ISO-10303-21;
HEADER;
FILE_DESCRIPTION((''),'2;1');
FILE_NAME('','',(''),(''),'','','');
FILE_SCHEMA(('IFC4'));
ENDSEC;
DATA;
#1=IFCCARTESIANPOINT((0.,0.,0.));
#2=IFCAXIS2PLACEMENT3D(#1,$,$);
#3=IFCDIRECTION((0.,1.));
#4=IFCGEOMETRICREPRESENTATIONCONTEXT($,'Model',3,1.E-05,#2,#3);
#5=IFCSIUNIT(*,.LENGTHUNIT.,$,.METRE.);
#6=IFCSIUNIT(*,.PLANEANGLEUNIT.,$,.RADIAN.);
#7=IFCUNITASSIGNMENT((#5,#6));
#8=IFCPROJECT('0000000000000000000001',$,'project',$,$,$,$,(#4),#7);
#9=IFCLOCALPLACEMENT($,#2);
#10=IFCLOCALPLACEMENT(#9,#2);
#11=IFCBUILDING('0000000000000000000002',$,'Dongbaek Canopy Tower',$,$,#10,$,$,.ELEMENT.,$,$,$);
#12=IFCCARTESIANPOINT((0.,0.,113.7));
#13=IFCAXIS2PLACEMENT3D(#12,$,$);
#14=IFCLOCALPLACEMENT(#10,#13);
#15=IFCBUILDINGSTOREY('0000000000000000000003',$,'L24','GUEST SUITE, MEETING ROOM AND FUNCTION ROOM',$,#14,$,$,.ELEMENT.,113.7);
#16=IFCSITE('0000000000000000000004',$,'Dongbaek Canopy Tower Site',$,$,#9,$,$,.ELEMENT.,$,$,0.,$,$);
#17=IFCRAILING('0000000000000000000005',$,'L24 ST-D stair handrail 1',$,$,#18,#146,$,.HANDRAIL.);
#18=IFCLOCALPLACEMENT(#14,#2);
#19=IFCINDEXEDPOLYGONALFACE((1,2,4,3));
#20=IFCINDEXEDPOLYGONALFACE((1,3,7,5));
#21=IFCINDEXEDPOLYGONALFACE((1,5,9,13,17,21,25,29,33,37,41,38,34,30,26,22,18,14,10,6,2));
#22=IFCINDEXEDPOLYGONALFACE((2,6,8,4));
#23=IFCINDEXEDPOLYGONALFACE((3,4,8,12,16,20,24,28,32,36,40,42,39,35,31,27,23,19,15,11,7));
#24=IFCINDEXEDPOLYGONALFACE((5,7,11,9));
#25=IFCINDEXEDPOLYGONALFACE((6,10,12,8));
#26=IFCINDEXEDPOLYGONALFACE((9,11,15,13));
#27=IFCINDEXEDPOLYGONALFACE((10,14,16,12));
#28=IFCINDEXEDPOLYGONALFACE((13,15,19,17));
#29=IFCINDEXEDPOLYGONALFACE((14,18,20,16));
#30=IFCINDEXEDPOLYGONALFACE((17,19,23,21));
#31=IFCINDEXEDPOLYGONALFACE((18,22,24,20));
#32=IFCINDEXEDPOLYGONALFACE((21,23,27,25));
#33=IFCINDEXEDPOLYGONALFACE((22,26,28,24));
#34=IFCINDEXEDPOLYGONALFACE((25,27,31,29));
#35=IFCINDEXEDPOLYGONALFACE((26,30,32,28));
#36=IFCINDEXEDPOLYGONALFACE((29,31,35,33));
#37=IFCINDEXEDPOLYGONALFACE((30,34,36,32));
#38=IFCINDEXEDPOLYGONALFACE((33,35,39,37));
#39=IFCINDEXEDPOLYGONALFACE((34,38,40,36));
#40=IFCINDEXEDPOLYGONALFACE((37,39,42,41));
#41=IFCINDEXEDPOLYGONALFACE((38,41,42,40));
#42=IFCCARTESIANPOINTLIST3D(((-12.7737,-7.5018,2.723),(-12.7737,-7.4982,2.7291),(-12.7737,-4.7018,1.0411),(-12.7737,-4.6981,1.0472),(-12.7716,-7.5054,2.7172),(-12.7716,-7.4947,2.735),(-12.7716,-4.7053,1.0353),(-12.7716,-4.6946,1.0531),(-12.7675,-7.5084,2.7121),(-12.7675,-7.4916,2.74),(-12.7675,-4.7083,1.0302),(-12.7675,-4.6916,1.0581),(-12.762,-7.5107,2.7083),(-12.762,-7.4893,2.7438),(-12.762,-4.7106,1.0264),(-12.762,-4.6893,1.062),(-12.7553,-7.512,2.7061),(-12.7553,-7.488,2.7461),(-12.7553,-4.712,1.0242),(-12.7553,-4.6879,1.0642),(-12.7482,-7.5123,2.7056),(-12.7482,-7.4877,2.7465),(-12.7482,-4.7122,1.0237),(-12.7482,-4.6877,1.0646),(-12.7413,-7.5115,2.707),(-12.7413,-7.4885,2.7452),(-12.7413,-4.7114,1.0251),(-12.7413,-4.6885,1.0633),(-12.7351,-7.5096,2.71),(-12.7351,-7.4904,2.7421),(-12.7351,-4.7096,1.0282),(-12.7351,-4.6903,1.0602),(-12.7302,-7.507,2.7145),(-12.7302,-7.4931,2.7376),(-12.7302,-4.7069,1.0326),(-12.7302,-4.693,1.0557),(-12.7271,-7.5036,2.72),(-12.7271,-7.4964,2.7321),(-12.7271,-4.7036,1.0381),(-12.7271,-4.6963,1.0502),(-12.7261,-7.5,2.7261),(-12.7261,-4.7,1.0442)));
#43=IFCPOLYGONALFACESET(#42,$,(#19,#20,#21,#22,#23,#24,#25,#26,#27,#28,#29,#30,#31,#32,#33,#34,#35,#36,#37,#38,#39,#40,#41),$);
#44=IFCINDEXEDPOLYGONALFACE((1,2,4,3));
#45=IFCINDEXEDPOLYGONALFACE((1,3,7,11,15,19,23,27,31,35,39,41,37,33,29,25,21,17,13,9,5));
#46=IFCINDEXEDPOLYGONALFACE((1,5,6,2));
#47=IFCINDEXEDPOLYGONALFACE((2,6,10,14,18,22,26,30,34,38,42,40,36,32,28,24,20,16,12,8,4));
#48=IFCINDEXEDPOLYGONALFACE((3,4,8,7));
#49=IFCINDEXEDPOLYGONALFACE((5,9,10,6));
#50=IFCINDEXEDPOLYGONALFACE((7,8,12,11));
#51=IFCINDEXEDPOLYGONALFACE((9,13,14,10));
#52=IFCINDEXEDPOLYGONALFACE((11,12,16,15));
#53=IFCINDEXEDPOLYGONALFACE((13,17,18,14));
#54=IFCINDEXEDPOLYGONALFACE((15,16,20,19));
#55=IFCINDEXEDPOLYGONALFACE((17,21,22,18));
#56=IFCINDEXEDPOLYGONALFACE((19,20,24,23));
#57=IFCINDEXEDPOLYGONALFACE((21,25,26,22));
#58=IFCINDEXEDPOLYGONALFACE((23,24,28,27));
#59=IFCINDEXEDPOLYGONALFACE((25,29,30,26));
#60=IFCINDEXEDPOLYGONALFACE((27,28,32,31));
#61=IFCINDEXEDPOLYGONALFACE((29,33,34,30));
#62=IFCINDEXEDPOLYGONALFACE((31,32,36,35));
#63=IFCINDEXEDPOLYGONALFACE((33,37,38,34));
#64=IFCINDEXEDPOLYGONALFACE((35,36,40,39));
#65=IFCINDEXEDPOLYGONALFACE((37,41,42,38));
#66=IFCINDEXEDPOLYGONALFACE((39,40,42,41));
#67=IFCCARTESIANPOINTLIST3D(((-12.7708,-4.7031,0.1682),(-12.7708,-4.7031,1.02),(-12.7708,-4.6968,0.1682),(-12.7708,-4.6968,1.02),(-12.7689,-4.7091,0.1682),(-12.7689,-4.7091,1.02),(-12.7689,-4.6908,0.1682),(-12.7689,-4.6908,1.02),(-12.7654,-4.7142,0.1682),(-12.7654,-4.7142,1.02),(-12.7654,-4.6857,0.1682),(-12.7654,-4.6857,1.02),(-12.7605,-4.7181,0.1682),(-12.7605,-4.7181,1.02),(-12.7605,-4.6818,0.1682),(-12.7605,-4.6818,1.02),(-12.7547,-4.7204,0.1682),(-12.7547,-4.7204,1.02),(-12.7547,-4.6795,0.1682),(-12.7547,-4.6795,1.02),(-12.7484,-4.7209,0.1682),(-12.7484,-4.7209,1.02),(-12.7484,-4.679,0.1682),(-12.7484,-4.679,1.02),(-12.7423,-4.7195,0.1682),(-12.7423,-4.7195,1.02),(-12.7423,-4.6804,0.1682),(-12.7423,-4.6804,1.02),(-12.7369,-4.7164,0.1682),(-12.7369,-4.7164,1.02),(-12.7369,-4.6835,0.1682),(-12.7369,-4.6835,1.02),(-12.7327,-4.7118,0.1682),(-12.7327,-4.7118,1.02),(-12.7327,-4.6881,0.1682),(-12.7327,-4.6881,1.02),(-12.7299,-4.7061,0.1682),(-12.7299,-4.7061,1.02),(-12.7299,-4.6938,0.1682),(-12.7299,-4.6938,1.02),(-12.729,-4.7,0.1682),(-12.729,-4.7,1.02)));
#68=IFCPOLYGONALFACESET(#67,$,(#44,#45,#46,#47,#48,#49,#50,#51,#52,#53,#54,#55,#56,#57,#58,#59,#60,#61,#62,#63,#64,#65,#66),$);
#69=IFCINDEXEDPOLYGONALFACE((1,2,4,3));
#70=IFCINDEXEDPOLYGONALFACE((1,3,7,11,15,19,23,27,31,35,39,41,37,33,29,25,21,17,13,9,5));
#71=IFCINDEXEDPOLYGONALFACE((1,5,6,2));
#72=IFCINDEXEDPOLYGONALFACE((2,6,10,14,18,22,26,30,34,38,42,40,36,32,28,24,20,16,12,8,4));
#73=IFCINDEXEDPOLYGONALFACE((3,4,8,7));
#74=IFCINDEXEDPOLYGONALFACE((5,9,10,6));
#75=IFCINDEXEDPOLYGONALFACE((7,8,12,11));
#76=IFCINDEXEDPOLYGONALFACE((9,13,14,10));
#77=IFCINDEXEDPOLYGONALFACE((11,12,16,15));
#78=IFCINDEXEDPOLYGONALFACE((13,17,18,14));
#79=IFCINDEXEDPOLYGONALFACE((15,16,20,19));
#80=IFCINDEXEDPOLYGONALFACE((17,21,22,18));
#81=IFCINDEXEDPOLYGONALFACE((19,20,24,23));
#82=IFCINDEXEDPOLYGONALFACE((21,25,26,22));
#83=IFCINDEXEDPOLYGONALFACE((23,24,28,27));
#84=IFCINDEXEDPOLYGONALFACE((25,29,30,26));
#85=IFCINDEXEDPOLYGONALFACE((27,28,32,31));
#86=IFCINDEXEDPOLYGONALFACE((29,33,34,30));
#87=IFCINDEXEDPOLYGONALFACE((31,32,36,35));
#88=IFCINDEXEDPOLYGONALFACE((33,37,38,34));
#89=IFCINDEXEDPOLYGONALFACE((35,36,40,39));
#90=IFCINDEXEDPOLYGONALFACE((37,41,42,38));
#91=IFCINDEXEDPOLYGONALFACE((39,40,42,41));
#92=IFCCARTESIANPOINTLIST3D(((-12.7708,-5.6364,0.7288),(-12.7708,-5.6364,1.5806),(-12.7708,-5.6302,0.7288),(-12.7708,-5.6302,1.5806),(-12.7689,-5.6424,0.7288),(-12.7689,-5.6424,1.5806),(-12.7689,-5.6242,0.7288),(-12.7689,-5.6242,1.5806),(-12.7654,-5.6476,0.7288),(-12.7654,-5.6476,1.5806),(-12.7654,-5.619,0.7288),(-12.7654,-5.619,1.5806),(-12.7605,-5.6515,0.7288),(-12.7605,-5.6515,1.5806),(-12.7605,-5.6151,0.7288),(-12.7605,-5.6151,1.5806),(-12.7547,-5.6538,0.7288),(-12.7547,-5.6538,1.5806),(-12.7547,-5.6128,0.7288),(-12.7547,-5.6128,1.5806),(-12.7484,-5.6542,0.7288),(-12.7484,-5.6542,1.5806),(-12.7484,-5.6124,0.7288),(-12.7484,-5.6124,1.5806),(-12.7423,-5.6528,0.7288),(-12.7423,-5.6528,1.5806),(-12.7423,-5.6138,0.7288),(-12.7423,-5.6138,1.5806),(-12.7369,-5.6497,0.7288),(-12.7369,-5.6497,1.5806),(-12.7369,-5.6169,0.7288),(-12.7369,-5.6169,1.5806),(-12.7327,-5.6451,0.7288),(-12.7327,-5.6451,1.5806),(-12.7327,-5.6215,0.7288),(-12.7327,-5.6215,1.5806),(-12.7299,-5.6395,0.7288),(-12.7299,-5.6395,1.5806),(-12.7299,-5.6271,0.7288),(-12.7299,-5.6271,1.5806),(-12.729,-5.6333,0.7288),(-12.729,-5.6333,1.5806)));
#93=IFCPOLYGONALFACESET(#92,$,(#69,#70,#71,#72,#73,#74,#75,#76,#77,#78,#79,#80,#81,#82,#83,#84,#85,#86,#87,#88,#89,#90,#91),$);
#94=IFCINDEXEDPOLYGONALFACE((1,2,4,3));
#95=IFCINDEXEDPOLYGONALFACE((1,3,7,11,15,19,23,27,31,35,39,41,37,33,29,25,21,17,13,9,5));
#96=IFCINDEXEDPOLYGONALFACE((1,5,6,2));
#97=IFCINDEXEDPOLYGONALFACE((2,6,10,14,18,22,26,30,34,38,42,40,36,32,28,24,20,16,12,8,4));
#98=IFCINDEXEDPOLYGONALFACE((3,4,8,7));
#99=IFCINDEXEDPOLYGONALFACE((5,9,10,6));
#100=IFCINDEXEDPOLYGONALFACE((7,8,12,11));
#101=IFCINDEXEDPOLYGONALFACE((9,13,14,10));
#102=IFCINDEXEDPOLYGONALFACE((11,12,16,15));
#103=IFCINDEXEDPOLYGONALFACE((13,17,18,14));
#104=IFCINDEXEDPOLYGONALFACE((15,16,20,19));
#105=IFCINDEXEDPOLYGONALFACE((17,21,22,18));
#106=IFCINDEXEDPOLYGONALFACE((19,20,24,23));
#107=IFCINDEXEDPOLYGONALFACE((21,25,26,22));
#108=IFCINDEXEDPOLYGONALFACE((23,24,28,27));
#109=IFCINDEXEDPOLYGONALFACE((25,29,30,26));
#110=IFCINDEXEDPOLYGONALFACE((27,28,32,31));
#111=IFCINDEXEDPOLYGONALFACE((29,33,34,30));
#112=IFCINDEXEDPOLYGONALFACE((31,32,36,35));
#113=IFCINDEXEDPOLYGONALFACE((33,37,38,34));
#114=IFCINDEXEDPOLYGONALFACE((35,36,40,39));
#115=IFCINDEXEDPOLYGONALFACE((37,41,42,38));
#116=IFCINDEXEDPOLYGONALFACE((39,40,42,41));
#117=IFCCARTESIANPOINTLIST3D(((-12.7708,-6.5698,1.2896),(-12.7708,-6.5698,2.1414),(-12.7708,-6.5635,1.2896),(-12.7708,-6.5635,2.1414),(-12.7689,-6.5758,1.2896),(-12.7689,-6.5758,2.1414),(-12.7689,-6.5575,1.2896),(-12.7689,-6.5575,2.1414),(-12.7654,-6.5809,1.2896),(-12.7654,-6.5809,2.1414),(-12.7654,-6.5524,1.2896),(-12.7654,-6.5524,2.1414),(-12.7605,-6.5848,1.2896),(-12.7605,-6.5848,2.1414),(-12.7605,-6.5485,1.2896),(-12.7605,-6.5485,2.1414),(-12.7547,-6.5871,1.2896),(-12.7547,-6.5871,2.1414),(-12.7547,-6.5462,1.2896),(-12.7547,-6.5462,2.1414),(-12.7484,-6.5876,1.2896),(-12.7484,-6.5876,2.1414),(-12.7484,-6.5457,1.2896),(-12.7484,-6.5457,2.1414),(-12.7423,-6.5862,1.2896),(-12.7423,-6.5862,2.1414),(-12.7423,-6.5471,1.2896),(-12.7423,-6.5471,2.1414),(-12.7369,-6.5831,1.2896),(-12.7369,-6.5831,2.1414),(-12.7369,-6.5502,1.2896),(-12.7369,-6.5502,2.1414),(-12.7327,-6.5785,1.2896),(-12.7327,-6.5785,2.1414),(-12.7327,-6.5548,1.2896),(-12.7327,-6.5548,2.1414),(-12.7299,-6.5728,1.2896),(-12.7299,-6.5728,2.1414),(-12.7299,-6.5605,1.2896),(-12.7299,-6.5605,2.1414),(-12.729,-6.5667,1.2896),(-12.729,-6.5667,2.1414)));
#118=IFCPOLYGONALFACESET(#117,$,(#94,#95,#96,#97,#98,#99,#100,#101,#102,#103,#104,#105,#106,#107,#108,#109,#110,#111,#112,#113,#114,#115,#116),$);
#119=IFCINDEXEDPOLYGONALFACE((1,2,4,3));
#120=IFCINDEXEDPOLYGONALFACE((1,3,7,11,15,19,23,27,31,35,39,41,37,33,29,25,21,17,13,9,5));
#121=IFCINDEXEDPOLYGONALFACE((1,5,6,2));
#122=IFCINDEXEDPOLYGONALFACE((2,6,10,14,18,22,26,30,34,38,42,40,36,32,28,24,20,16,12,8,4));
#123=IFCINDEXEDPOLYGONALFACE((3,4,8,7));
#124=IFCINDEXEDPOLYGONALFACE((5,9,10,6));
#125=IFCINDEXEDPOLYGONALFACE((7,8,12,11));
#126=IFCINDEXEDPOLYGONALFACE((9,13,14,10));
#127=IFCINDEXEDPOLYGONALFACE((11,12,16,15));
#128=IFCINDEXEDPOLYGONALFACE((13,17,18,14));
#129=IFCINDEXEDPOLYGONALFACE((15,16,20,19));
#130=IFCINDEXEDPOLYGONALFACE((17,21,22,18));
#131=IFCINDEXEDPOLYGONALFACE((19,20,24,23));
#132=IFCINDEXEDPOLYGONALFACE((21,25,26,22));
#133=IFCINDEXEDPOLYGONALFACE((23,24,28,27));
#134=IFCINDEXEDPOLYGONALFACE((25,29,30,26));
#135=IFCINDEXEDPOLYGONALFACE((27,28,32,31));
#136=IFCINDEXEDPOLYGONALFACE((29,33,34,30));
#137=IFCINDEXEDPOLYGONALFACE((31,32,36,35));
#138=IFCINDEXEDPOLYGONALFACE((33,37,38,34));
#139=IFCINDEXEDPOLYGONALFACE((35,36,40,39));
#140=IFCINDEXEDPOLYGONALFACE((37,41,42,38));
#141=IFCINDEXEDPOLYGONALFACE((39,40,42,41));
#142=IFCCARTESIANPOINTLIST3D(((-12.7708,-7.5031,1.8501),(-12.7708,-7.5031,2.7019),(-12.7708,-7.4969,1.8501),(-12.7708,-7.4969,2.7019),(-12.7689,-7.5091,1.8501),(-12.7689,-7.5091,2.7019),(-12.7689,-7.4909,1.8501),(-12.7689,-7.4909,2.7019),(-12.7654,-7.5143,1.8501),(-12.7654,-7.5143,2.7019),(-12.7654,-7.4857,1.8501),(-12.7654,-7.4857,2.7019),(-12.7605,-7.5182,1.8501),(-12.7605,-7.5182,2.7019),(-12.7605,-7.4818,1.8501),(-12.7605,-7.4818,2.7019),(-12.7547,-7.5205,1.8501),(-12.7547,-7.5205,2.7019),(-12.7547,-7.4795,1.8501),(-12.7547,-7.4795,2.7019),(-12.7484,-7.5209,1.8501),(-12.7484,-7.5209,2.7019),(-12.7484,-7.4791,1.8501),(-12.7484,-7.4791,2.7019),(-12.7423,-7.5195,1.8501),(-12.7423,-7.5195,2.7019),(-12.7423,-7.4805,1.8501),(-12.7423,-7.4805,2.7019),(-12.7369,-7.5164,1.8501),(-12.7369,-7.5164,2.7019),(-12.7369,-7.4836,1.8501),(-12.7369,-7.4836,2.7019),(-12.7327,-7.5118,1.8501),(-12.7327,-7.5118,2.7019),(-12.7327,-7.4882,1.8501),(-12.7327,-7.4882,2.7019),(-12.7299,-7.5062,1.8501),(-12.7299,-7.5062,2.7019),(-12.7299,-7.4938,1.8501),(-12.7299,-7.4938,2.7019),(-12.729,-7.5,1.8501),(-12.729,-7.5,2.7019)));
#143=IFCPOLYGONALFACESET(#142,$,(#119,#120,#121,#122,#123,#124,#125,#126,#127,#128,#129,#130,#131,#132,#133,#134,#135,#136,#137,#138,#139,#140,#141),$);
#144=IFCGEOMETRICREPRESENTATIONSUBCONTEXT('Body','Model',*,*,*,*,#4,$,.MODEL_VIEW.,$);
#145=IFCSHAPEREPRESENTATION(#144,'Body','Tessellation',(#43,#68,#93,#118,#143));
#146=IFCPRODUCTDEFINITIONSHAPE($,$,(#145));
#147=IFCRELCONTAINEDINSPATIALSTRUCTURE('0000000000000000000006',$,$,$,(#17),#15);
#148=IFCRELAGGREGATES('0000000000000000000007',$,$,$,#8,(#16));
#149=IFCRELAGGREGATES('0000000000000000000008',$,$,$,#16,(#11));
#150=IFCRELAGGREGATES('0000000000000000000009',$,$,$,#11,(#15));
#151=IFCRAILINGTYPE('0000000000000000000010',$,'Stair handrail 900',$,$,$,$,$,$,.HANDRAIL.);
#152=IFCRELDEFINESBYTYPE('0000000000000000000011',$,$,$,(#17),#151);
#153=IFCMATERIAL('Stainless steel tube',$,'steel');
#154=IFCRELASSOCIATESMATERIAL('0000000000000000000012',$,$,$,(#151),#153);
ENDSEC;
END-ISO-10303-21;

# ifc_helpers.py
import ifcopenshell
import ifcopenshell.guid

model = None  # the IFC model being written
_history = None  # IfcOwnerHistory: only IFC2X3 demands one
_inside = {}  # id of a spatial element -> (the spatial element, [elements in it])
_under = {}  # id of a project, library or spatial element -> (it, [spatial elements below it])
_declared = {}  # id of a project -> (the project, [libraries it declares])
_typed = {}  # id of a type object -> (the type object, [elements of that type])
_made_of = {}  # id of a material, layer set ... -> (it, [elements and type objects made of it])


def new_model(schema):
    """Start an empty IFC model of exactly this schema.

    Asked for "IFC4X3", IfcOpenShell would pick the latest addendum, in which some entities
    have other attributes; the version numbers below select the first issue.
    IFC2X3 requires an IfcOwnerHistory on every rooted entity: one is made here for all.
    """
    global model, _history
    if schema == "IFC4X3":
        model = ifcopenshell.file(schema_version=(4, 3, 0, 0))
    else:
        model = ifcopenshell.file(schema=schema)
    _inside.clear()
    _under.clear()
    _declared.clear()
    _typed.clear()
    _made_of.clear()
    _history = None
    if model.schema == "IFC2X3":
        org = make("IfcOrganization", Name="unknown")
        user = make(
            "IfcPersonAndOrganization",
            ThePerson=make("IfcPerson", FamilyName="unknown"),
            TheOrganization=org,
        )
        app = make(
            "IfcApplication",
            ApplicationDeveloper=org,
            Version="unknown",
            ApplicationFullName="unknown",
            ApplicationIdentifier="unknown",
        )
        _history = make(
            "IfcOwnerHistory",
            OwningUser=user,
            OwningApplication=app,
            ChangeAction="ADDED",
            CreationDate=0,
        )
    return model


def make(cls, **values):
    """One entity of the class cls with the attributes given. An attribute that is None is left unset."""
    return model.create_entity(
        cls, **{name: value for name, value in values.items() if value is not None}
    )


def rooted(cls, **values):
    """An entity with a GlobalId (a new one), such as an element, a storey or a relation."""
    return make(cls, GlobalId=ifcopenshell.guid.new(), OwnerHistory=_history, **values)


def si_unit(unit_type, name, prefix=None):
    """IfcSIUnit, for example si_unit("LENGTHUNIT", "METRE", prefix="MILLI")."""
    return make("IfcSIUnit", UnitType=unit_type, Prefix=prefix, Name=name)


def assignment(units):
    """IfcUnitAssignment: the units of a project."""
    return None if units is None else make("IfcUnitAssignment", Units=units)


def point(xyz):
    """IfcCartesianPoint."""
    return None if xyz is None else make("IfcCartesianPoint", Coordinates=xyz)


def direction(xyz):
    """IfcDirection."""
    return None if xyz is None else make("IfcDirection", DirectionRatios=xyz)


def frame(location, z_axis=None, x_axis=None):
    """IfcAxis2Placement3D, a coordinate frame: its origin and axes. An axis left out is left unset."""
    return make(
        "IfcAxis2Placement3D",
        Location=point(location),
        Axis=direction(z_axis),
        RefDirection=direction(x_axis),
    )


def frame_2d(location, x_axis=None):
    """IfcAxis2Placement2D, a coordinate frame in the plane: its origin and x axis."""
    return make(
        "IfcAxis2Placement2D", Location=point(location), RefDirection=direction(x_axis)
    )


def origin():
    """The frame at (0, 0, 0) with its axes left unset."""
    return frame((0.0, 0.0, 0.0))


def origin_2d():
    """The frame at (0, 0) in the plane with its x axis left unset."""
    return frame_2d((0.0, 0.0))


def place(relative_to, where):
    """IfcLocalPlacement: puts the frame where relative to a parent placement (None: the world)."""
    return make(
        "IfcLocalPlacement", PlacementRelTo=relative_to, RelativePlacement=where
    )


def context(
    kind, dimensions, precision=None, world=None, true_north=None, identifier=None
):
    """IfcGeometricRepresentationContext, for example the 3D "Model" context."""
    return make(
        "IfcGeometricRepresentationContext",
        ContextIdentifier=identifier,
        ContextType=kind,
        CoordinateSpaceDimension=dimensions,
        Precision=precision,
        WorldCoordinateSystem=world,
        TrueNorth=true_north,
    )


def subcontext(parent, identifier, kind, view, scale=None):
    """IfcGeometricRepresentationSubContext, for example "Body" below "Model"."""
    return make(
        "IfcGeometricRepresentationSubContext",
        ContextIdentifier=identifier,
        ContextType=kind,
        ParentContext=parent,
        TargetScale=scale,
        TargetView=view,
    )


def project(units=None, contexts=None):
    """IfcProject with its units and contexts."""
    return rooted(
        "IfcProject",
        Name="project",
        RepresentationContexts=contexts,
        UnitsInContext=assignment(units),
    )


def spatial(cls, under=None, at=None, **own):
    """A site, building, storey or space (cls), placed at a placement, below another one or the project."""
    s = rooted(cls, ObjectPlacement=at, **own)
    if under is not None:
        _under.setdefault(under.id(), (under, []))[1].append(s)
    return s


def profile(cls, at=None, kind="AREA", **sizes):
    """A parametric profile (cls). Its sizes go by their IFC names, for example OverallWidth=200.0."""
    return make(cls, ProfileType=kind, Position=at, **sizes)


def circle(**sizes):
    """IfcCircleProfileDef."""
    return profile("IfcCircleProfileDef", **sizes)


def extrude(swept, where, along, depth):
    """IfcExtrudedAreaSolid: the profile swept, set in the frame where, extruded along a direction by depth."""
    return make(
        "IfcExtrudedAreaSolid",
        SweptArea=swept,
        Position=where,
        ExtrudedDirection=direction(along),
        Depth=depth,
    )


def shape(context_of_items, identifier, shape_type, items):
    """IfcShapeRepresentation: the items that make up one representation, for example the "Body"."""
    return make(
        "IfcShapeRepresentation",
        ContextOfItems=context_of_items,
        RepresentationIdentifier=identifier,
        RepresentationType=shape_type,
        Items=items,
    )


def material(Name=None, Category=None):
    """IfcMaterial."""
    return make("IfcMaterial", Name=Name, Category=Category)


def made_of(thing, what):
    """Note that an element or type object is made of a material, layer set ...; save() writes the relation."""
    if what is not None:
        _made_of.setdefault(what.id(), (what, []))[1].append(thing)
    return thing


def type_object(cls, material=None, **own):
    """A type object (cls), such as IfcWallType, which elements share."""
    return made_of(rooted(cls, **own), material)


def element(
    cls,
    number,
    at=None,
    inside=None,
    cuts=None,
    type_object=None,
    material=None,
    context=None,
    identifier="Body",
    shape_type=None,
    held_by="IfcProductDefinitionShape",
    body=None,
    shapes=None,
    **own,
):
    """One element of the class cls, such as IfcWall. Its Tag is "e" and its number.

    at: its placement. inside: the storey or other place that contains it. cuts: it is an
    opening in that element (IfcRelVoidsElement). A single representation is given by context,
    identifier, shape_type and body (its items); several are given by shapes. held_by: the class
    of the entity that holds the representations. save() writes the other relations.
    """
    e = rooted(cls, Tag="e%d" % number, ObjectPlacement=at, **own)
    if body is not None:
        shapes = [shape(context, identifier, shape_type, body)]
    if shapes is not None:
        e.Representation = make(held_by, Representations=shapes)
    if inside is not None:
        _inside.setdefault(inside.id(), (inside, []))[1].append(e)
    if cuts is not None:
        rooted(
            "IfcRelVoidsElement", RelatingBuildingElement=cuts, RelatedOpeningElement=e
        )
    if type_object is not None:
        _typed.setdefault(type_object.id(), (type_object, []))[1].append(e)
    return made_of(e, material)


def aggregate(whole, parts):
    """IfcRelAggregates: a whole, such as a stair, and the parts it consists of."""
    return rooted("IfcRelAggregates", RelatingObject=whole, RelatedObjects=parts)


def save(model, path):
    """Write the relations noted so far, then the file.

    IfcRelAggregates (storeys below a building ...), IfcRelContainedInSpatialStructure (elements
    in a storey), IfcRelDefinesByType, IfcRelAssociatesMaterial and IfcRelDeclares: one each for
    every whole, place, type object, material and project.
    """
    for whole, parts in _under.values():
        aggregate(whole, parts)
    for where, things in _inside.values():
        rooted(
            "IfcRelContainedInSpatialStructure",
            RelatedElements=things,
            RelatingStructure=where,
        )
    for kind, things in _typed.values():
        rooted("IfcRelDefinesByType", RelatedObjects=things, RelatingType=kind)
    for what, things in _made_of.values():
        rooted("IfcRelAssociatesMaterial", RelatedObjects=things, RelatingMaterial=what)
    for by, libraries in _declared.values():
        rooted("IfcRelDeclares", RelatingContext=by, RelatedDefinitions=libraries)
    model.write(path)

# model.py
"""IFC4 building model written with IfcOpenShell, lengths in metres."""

from ifc_helpers import new_model, si_unit, direction, frame, origin, origin_2d, place, context, subcontext, project, spatial, circle, extrude, material, type_object, element, save


model = new_model("IFC4")

# Units and contexts
model_context = context("Model", 3, precision=1e-05, world=origin(), true_north=direction((0.0, 1.0)))
body_context = subcontext(model_context, "Body", "Model", "MODEL_VIEW")
ifc_project = project(units=[si_unit("LENGTHUNIT", "METRE"), si_unit("PLANEANGLEUNIT", "RADIAN")], contexts=[model_context])

# Site, building, storey
site_placement = place(None, origin())
site = spatial("IfcSite", under=ifc_project, at=site_placement, Name="Dongbaek Canopy Tower Site", CompositionType="ELEMENT", RefElevation=0.0)
building_placement = place(site_placement, origin())
building = spatial("IfcBuilding", under=site, at=building_placement, Name="Dongbaek Canopy Tower", CompositionType="ELEMENT")
storey_placement = place(building_placement, frame((0.0, 0.0, 113.7)))
storey = spatial("IfcBuildingStorey", under=building, at=storey_placement, Name="L24", Description="GUEST SUITE, MEETING ROOM AND FUNCTION ROOM", CompositionType="ELEMENT", Elevation=113.7)

# Railing
ifc_material_1 = material(Name="Stainless steel tube", Category="steel")
railing_type_1 = type_object("IfcRailingType", Name="Stair handrail 900", PredefinedType="HANDRAIL", material=ifc_material_1)
railing_1_placement = place(storey_placement, frame((-12.75, -4.7, 0.1682)))
element("IfcRailing", 1, at=railing_1_placement, inside=storey, type_object=railing_type_1, Name="L24 ST-D stair handrail 1", PredefinedType="HANDRAIL", context=body_context, shape_type="SweptSolid", body=[
    extrude(circle(Radius=0.0239, at=origin_2d()), frame((0.0, 0.0, 0.876), z_axis=(0.0, -0.857242, 0.514913), x_axis=(1.0, 0.0, 0.0)), (0.0, 0.0, 1.0), 3.2664),
    extrude(circle(Radius=0.021, at=origin_2d()), origin(), (0.0, 0.0, 1.0), 0.8518),
    extrude(circle(Radius=0.021, at=origin_2d()), frame((0.0, -0.9333, 0.5605)), (0.0, 0.0, 1.0), 0.8518),
    extrude(circle(Radius=0.021, at=origin_2d()), frame((0.0, -1.8667, 1.1213)), (0.0, 0.0, 1.0), 0.8518),
    extrude(circle(Radius=0.021, at=origin_2d()), frame((0.0, -2.8, 1.6819)), (0.0, 0.0, 1.0), 0.8518),
])

save(model, "model.ifc")
